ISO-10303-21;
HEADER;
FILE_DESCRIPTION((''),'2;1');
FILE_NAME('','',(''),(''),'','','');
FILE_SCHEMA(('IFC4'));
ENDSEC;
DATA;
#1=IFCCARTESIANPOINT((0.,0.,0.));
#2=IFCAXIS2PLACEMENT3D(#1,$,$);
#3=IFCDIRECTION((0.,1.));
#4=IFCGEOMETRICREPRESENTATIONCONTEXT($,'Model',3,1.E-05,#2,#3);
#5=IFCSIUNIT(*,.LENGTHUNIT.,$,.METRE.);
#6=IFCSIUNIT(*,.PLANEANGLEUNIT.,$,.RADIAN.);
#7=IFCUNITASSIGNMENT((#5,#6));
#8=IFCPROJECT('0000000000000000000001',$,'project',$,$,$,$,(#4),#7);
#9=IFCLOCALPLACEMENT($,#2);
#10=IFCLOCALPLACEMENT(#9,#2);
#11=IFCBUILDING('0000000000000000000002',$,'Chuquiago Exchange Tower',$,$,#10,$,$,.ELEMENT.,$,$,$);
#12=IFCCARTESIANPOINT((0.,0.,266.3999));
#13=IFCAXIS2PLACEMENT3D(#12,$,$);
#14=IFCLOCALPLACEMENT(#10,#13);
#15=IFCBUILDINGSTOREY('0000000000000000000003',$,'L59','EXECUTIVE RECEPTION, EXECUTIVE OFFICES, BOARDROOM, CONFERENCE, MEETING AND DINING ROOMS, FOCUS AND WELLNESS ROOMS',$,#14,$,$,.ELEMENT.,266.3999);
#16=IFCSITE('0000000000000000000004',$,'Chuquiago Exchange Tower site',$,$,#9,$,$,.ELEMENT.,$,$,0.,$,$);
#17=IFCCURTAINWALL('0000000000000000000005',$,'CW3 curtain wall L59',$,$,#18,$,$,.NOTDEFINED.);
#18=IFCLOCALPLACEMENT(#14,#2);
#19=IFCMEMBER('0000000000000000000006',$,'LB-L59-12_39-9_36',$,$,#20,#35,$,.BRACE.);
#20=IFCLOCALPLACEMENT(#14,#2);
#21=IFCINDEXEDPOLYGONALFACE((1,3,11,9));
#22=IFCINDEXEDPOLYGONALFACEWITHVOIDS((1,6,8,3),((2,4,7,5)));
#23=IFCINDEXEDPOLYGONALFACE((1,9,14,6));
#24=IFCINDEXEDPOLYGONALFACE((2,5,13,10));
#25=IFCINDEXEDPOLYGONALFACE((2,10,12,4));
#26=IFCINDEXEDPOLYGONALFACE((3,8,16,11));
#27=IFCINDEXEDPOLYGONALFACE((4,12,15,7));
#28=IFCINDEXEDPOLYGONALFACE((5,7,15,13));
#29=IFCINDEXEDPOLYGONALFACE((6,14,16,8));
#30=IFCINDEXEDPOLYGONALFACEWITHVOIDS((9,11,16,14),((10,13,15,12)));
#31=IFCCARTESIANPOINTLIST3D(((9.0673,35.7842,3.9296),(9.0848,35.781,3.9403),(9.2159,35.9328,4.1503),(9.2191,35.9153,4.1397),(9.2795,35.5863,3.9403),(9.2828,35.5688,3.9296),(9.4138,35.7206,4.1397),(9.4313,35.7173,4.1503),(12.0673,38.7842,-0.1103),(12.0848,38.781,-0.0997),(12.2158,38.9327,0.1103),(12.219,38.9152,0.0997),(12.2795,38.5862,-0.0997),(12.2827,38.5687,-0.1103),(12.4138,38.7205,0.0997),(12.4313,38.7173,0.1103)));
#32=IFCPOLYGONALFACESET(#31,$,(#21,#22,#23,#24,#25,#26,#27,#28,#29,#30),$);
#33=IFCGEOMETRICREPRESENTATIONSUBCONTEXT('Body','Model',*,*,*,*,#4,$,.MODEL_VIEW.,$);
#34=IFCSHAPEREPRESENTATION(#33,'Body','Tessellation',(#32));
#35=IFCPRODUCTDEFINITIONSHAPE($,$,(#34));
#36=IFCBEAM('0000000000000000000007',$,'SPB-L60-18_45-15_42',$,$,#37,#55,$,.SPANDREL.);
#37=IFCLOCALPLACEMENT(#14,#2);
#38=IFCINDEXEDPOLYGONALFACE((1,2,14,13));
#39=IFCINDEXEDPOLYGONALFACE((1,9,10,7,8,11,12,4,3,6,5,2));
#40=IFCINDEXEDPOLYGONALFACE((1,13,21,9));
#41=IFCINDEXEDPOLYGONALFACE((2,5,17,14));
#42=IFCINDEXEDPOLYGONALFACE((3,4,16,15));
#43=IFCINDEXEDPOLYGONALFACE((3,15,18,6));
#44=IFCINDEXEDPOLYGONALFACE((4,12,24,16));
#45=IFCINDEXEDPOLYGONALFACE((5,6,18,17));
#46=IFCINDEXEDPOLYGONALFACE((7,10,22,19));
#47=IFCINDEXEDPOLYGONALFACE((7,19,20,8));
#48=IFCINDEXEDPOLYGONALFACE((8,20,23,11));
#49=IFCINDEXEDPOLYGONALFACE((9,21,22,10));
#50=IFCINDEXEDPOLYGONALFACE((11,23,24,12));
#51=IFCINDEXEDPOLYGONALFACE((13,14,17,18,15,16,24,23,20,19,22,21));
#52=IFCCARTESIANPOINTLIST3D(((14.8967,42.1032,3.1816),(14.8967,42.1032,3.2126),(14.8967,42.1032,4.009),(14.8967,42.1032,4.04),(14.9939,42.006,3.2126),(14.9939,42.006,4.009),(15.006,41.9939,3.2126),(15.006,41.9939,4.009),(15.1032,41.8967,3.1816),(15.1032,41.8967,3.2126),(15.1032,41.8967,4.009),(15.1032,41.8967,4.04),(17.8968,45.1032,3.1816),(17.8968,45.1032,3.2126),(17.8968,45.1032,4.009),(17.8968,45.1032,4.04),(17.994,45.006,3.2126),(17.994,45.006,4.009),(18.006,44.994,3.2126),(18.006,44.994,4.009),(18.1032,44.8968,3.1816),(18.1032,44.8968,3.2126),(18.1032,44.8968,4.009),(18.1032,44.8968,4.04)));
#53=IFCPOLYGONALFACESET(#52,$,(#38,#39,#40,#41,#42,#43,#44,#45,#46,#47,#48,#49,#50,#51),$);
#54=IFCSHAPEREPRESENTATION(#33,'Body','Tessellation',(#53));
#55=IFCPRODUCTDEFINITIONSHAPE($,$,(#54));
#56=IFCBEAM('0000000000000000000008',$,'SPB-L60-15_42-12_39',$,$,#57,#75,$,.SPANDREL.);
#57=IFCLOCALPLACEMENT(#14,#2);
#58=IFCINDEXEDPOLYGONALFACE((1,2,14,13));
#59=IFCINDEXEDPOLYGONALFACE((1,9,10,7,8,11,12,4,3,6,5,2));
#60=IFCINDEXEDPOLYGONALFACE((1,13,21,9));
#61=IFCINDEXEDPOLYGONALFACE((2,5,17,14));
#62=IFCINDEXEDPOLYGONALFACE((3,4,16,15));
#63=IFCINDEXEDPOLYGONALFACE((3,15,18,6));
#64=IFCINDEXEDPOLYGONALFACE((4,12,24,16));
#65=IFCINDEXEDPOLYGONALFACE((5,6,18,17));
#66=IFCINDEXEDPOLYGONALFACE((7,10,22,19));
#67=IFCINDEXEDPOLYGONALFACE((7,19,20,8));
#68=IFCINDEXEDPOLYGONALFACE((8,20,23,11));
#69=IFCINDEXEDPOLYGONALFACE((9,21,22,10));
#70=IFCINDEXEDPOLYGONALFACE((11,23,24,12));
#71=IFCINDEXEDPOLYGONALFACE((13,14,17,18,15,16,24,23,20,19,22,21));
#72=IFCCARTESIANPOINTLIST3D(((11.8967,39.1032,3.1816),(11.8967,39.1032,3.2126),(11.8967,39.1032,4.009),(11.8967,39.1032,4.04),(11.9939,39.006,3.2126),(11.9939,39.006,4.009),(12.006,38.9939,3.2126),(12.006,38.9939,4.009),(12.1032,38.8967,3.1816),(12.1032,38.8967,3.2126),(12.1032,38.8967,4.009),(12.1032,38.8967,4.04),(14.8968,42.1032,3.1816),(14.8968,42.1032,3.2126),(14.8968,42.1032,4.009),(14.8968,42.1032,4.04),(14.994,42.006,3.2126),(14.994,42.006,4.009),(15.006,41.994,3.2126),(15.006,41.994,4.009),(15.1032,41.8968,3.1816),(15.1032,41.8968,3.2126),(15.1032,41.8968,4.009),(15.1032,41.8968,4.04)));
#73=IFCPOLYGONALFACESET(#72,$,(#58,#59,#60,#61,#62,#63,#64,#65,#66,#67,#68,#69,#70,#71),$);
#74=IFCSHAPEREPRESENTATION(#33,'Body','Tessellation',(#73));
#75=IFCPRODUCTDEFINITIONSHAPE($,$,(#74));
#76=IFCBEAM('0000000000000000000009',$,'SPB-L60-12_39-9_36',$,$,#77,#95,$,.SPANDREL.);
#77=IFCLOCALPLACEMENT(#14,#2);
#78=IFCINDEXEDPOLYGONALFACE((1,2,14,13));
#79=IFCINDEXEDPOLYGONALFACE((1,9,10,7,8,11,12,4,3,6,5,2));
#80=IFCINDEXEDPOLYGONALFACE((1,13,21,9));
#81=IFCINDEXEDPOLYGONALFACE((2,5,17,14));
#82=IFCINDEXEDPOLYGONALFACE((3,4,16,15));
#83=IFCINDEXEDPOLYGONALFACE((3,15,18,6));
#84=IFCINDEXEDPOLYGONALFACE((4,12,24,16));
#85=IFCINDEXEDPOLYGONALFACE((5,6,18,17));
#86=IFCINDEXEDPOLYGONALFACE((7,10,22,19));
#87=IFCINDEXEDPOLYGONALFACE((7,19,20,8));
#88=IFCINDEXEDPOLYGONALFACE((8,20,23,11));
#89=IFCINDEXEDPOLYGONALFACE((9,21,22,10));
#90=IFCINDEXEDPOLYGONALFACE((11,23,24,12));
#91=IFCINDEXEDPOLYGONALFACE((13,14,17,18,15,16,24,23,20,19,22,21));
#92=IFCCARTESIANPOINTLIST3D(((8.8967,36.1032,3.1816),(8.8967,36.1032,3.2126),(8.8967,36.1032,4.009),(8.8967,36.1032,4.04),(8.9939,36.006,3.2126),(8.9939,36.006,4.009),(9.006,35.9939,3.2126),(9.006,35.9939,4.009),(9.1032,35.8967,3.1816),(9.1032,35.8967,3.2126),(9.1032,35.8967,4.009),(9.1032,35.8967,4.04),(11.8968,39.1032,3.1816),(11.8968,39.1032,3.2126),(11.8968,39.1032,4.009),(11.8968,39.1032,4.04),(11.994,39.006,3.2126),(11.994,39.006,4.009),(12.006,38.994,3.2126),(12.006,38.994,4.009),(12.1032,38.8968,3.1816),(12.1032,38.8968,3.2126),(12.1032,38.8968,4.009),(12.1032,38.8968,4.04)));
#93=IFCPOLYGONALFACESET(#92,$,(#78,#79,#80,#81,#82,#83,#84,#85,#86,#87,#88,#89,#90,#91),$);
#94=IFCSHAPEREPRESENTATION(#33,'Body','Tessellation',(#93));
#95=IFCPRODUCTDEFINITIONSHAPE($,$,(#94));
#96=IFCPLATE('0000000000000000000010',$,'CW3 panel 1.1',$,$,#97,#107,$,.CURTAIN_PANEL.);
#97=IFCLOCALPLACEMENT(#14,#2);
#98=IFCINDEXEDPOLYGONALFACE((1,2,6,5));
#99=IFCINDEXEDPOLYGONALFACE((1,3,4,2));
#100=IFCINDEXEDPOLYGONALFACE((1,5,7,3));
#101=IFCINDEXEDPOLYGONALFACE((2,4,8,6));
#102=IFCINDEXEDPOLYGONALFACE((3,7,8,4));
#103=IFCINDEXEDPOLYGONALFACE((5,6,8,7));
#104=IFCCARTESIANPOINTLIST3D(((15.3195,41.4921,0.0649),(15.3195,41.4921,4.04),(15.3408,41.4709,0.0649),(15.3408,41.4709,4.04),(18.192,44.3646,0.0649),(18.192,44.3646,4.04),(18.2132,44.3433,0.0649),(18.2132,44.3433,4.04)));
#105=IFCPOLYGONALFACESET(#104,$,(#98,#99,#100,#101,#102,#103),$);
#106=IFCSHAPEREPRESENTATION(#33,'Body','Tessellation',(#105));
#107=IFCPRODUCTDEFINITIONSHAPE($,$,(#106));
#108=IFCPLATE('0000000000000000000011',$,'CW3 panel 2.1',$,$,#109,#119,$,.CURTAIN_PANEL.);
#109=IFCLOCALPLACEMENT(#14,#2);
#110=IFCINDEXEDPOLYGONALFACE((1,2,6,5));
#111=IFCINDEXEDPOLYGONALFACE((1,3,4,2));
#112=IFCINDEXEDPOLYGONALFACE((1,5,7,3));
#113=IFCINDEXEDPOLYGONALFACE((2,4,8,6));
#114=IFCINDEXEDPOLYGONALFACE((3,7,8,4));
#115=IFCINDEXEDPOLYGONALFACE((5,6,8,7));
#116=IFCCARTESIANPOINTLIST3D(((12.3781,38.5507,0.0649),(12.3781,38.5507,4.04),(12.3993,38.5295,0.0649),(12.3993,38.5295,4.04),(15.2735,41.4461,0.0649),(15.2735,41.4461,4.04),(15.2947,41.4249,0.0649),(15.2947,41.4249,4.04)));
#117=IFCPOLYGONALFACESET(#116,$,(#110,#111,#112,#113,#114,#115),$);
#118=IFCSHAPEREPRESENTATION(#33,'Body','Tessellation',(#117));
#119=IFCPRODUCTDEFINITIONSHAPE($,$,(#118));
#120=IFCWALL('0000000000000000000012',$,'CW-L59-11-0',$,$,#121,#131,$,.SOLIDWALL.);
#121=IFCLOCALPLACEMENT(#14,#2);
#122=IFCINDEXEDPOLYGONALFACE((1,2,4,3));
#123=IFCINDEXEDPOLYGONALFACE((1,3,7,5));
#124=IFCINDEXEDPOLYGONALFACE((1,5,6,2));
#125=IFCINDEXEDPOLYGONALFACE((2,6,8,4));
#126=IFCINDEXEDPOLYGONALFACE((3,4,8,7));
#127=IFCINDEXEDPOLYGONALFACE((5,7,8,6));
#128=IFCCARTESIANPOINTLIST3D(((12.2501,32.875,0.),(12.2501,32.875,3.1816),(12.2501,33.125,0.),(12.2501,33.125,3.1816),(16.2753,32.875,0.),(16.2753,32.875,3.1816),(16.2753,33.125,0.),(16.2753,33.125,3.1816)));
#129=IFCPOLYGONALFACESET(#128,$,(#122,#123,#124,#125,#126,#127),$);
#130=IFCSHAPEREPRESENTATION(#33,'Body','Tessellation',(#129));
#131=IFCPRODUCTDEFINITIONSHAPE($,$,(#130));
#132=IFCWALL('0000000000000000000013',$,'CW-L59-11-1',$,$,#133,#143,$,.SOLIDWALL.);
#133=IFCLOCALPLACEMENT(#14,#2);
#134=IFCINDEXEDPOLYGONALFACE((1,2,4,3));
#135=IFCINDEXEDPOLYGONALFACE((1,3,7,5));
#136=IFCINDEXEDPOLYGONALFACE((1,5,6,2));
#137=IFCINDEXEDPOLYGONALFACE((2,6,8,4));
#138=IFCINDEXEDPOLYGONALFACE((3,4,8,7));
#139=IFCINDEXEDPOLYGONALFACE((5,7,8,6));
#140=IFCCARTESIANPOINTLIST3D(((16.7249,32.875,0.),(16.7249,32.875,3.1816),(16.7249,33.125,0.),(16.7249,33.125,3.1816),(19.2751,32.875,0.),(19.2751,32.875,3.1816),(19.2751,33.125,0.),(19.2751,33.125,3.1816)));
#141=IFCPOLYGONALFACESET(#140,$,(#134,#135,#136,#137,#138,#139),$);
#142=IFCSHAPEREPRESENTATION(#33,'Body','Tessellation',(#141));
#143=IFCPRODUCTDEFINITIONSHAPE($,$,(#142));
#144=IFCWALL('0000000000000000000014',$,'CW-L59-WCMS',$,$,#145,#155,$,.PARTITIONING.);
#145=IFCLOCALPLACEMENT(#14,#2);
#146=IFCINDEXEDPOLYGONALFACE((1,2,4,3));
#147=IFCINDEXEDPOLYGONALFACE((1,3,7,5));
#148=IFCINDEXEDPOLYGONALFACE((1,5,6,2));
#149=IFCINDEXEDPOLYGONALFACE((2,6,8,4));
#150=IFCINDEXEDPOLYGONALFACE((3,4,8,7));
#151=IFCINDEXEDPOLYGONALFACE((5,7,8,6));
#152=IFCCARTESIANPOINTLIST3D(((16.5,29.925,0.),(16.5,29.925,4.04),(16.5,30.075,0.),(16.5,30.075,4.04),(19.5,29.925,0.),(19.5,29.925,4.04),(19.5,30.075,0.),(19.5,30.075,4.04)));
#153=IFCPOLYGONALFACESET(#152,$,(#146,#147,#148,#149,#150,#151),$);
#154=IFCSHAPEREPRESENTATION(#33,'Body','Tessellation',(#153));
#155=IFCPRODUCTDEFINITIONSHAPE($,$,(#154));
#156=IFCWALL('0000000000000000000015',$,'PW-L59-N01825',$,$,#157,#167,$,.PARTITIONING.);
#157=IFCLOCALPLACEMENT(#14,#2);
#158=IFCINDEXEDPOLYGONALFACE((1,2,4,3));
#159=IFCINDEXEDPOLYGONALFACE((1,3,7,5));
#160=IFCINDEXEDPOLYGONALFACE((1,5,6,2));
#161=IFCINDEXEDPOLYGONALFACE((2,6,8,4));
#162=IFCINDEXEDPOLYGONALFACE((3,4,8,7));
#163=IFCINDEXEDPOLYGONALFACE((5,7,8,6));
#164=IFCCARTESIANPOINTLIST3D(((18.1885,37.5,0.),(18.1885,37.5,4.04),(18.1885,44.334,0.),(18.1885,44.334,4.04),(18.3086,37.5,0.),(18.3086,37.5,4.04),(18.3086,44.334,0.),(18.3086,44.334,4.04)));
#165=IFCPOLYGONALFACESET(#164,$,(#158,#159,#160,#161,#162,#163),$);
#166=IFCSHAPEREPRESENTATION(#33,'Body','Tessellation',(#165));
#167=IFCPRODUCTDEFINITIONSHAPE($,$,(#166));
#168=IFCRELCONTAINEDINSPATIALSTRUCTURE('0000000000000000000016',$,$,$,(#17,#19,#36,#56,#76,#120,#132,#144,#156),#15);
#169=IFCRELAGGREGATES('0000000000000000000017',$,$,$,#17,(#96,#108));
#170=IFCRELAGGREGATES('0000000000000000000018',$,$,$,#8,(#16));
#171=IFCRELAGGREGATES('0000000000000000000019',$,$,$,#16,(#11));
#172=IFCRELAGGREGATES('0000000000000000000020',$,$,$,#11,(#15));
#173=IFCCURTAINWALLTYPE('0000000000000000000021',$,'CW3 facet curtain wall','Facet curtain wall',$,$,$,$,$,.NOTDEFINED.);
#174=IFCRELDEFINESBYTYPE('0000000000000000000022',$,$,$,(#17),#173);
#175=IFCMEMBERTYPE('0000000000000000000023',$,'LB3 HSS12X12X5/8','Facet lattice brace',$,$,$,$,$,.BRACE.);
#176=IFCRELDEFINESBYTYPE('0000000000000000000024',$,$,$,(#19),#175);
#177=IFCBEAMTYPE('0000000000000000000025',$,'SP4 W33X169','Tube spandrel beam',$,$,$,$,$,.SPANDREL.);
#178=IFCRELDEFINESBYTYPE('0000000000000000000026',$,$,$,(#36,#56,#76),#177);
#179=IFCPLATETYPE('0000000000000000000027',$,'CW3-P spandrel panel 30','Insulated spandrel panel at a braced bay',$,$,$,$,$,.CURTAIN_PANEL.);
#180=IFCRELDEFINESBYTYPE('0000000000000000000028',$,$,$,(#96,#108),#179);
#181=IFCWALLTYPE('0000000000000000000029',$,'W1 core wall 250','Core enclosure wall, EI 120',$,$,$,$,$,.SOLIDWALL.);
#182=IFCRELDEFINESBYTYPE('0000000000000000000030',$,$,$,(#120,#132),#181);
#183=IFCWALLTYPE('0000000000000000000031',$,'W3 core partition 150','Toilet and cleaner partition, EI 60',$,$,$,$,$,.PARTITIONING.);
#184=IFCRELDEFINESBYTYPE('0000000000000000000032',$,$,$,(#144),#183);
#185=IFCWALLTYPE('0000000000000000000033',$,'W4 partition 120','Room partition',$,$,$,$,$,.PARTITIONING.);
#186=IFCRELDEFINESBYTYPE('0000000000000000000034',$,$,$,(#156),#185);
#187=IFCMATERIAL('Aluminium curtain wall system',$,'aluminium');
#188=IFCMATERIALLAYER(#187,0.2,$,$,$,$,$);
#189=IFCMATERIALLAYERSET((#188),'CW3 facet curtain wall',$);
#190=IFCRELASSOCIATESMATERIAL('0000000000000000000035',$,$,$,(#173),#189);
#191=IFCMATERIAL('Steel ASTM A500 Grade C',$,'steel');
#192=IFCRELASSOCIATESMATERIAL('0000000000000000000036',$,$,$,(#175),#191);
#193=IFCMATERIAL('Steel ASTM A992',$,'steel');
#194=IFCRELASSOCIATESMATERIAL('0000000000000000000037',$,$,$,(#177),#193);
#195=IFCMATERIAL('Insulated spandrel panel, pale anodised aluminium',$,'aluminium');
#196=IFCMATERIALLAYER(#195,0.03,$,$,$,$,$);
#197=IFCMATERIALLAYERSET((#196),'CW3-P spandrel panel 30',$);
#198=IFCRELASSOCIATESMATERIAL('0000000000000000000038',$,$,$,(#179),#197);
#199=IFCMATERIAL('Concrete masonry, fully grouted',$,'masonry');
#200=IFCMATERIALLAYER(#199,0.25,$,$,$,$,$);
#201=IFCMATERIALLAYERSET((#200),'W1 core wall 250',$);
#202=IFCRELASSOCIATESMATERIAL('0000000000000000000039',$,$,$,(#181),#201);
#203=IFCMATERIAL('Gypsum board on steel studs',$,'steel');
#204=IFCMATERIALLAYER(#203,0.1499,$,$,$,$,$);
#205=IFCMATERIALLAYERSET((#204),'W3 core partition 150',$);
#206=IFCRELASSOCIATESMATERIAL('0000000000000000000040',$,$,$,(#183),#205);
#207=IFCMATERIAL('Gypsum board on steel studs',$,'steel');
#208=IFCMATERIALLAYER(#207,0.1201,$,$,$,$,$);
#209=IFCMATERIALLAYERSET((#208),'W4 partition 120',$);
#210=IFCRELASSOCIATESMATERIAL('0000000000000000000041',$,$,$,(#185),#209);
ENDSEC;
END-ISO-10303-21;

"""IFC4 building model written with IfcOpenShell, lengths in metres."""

from ifc_helpers import new_model, si_unit, direction, frame, frame_2d, origin, origin_2d, place, context, subcontext, project, spatial, rectangle, hollow_rectangle, i_section, extrude, material, layer, layer_set, material_profile, profile_set, type_object, element, aggregate, save


model = new_model("IFC4")

# Units and contexts
model_context = context("Model", 3, precision=1e-05, world=origin(), true_north=direction((0.0, 1.0)))
body_context = subcontext(model_context, "Body", "Model", "MODEL_VIEW")
ifc_project = project(units=[si_unit("LENGTHUNIT", "METRE"), si_unit("PLANEANGLEUNIT", "RADIAN")], contexts=[model_context])

# Site, building, storey
site_placement = place(None, origin())
site = spatial("IfcSite", under=ifc_project, at=site_placement, Name="Chuquiago Exchange Tower site", CompositionType="ELEMENT", RefElevation=0.0)
building_placement = place(site_placement, origin())
building = spatial("IfcBuilding", under=site, at=building_placement, Name="Chuquiago Exchange Tower", CompositionType="ELEMENT")
storey_placement = place(building_placement, frame((0.0, 0.0, 266.3999)))
storey = spatial("IfcBuildingStorey", under=building, at=storey_placement, Name="L59", Description="EXECUTIVE RECEPTION, EXECUTIVE OFFICES, BOARDROOM, CONFERENCE, MEETING AND DINING ROOMS, FOCUS AND WELLNESS ROOMS", CompositionType="ELEMENT", Elevation=266.3999)

# Curtain wall
ifc_material_1 = material(Name="Aluminium curtain wall system", Category="aluminium")
ifc_layer_1 = layer(ifc_material_1, 0.2)
ifc_layer_set_1 = layer_set([ifc_layer_1], Name="CW3 facet curtain wall")
curtain_wall_type_1 = type_object("IfcCurtainWallType", Name="CW3 facet curtain wall", Description="Facet curtain wall", PredefinedType="NOTDEFINED", material=ifc_layer_set_1)
curtain_wall_1_placement = place(storey_placement, origin())
curtain_wall_1 = element("IfcCurtainWall", 1, at=curtain_wall_1_placement, inside=storey, type_object=curtain_wall_type_1, Name="CW3 curtain wall L59", PredefinedType="NOTDEFINED")

# Member
ifc_material_2 = material(Name="Steel ASTM A500 Grade C", Category="steel")
ifc_material_profile_1 = material_profile(ifc_material_2, hollow_rectangle(XDim=0.3047, YDim=0.3047, WallThickness=0.0146, at=origin_2d()), Name="HSS12X12X5/8")
ifc_profile_set_1 = profile_set([ifc_material_profile_1], Name="Steel ASTM A500 Grade C")
member_type_1 = type_object("IfcMemberType", Name="LB3 HSS12X12X5/8", Description="Facet lattice brace", PredefinedType="BRACE", material=ifc_profile_set_1)
for number, where, z_axis, x_axis, name in (
    (2, (12.2493, 38.7507, 0.0), (-0.512077, -0.512077, 0.689604), (0.707107, -0.707107, 0.0), "LB-L59-12_39-9_36"),
):
    element("IfcMember", number, at=place(storey_placement, frame(where, z_axis=z_axis, x_axis=x_axis)), inside=storey, type_object=member_type_1, Name=name, PredefinedType="BRACE", context=body_context, shape_type="SweptSolid", body=[
        extrude(hollow_rectangle(XDim=0.3047, YDim=0.3047, WallThickness=0.0146, at=origin_2d()), origin(), (0.0, 0.0, 1.0), 5.8584),
    ])

# Beams
ifc_material_3 = material(Name="Steel ASTM A992", Category="steel")
ifc_material_profile_2 = material_profile(ifc_material_3, i_section(OverallWidth=0.292, OverallDepth=0.8584, WebThickness=0.0171, FlangeThickness=0.031, at=origin_2d()), Name="W33X169")
ifc_profile_set_2 = profile_set([ifc_material_profile_2], Name="Steel ASTM A992")
beam_type_1 = type_object("IfcBeamType", Name="SP4 W33X169", Description="Tube spandrel beam", PredefinedType="SPANDREL", material=ifc_profile_set_2)
for number, where, z_axis, x_axis, name in (
    (3, (18.0, 45.0, 3.6108), (-0.707107, -0.707107, 0.0), (0.707107, -0.707107, 0.0), "SPB-L60-18_45-15_42"),
    (4, (15.0, 42.0, 3.6108), (-0.707107, -0.707107, 0.0), (0.707107, -0.707107, 0.0), "SPB-L60-15_42-12_39"),
    (5, (12.0, 39.0, 3.6108), (-0.707107, -0.707107, 0.0), (0.707107, -0.707107, 0.0), "SPB-L60-12_39-9_36"),
):
    element("IfcBeam", number, at=place(storey_placement, frame(where, z_axis=z_axis, x_axis=x_axis)), inside=storey, type_object=beam_type_1, Name=name, PredefinedType="SPANDREL", context=body_context, shape_type="SweptSolid", body=[
        extrude(i_section(OverallWidth=0.292, OverallDepth=0.8584, WebThickness=0.0171, FlangeThickness=0.031, at=origin_2d()), origin(), (0.0, 0.0, 1.0), 4.2427),
    ])

# Plates
ifc_material_4 = material(Name="Insulated spandrel panel, pale anodised aluminium", Category="aluminium")
ifc_layer_2 = layer(ifc_material_4, 0.03)
ifc_layer_set_2 = layer_set([ifc_layer_2], Name="CW3-P spandrel panel 30")
plate_type = type_object("IfcPlateType", Name="CW3-P spandrel panel 30", Description="Insulated spandrel panel at a braced bay", PredefinedType="CURTAIN_PANEL", material=ifc_layer_set_2)
plate_1_placement = place(storey_placement, frame((16.7664, 42.9177, 0.0649), z_axis=(0.0, 0.0, 1.0), x_axis=(-0.707107, -0.707107, 0.0)))
plate_1 = element("IfcPlate", 6, at=plate_1_placement, type_object=plate_type, Name="CW3 panel 1.1", PredefinedType="CURTAIN_PANEL", context=body_context, shape_type="SweptSolid", body=[
    extrude(rectangle(XDim=4.0623, YDim=0.03, at=origin_2d()), origin(), (0.0, 0.0, 1.0), 3.9751),
])
plate_2_placement = place(storey_placement, frame((13.8364, 39.9878, 0.0649), z_axis=(0.0, 0.0, 1.0), x_axis=(-0.707107, -0.707107, 0.0)))
plate_2 = element("IfcPlate", 7, at=plate_2_placement, type_object=plate_type, Name="CW3 panel 2.1", PredefinedType="CURTAIN_PANEL", context=body_context, shape_type="SweptSolid", body=[
    extrude(rectangle(XDim=4.0947, YDim=0.03, at=origin_2d()), origin(), (0.0, 0.0, 1.0), 3.9751),
])
aggregate(curtain_wall_1, [plate_1, plate_2])

# Walls
ifc_material_5 = material(Name="Concrete masonry, fully grouted", Category="masonry")
ifc_layer_3 = layer(ifc_material_5, 0.25)
ifc_layer_set_3 = layer_set([ifc_layer_3], Name="W1 core wall 250")
wall_type_1 = type_object("IfcWallType", Name="W1 core wall 250", Description="Core enclosure wall, EI 120", PredefinedType="SOLIDWALL", material=ifc_layer_set_3)
wall_1_placement = place(storey_placement, frame((12.25, 33.0, 0.0), z_axis=(0.0, 0.0, 1.0), x_axis=(1.0, 0.0, 0.0)))
element("IfcWall", 8, at=wall_1_placement, inside=storey, type_object=wall_type_1, Name="CW-L59-11-0", PredefinedType="SOLIDWALL", context=body_context, shape_type="SweptSolid", body=[
    extrude(rectangle(XDim=4.0251, YDim=0.25, at=frame_2d((2.0127, 0.0))), origin(), (0.0, 0.0, 1.0), 3.1816),
])
wall_2_placement = place(storey_placement, frame((16.7249, 33.0, 0.0), z_axis=(0.0, 0.0, 1.0), x_axis=(1.0, 0.0, 0.0)))
element("IfcWall", 9, at=wall_2_placement, inside=storey, type_object=wall_type_1, Name="CW-L59-11-1", PredefinedType="SOLIDWALL", context=body_context, shape_type="SweptSolid", body=[
    extrude(rectangle(XDim=2.5503, YDim=0.25, at=frame_2d((1.2751, 0.0))), origin(), (0.0, 0.0, 1.0), 3.1816),
])
ifc_material_6 = material(Name="Gypsum board on steel studs", Category="steel")
ifc_layer_4 = layer(ifc_material_6, 0.1499)
ifc_layer_set_4 = layer_set([ifc_layer_4], Name="W3 core partition 150")
wall_type_2 = type_object("IfcWallType", Name="W3 core partition 150", Description="Toilet and cleaner partition, EI 60", PredefinedType="PARTITIONING", material=ifc_layer_set_4)
wall_3_placement = place(storey_placement, frame((16.5, 30.0, 0.0), z_axis=(0.0, 0.0, 1.0), x_axis=(1.0, 0.0, 0.0)))
element("IfcWall", 10, at=wall_3_placement, inside=storey, type_object=wall_type_2, Name="CW-L59-WCMS", PredefinedType="PARTITIONING", context=body_context, shape_type="SweptSolid", body=[
    extrude(rectangle(XDim=3.0, YDim=0.1499, at=frame_2d((1.5, 0.0))), origin(), (0.0, 0.0, 1.0), 4.04),
])
ifc_material_7 = material(Name="Gypsum board on steel studs", Category="steel")
ifc_layer_5 = layer(ifc_material_7, 0.1201)
ifc_layer_set_5 = layer_set([ifc_layer_5], Name="W4 partition 120")
wall_type_3 = type_object("IfcWallType", Name="W4 partition 120", Description="Room partition", PredefinedType="PARTITIONING", material=ifc_layer_set_5)
wall_4_placement = place(storey_placement, frame((18.2485, 44.334, 0.0), z_axis=(0.0, 0.0, 1.0), x_axis=(0.0, -1.0, 0.0)))
element("IfcWall", 11, at=wall_4_placement, inside=storey, type_object=wall_type_3, Name="PW-L59-N01825", PredefinedType="PARTITIONING", context=body_context, shape_type="SweptSolid", body=[
    extrude(rectangle(XDim=6.834, YDim=0.1201, at=frame_2d((3.417, 0.0))), origin(), (0.0, 0.0, 1.0), 4.04),
])

save(model, "model.ifc")
